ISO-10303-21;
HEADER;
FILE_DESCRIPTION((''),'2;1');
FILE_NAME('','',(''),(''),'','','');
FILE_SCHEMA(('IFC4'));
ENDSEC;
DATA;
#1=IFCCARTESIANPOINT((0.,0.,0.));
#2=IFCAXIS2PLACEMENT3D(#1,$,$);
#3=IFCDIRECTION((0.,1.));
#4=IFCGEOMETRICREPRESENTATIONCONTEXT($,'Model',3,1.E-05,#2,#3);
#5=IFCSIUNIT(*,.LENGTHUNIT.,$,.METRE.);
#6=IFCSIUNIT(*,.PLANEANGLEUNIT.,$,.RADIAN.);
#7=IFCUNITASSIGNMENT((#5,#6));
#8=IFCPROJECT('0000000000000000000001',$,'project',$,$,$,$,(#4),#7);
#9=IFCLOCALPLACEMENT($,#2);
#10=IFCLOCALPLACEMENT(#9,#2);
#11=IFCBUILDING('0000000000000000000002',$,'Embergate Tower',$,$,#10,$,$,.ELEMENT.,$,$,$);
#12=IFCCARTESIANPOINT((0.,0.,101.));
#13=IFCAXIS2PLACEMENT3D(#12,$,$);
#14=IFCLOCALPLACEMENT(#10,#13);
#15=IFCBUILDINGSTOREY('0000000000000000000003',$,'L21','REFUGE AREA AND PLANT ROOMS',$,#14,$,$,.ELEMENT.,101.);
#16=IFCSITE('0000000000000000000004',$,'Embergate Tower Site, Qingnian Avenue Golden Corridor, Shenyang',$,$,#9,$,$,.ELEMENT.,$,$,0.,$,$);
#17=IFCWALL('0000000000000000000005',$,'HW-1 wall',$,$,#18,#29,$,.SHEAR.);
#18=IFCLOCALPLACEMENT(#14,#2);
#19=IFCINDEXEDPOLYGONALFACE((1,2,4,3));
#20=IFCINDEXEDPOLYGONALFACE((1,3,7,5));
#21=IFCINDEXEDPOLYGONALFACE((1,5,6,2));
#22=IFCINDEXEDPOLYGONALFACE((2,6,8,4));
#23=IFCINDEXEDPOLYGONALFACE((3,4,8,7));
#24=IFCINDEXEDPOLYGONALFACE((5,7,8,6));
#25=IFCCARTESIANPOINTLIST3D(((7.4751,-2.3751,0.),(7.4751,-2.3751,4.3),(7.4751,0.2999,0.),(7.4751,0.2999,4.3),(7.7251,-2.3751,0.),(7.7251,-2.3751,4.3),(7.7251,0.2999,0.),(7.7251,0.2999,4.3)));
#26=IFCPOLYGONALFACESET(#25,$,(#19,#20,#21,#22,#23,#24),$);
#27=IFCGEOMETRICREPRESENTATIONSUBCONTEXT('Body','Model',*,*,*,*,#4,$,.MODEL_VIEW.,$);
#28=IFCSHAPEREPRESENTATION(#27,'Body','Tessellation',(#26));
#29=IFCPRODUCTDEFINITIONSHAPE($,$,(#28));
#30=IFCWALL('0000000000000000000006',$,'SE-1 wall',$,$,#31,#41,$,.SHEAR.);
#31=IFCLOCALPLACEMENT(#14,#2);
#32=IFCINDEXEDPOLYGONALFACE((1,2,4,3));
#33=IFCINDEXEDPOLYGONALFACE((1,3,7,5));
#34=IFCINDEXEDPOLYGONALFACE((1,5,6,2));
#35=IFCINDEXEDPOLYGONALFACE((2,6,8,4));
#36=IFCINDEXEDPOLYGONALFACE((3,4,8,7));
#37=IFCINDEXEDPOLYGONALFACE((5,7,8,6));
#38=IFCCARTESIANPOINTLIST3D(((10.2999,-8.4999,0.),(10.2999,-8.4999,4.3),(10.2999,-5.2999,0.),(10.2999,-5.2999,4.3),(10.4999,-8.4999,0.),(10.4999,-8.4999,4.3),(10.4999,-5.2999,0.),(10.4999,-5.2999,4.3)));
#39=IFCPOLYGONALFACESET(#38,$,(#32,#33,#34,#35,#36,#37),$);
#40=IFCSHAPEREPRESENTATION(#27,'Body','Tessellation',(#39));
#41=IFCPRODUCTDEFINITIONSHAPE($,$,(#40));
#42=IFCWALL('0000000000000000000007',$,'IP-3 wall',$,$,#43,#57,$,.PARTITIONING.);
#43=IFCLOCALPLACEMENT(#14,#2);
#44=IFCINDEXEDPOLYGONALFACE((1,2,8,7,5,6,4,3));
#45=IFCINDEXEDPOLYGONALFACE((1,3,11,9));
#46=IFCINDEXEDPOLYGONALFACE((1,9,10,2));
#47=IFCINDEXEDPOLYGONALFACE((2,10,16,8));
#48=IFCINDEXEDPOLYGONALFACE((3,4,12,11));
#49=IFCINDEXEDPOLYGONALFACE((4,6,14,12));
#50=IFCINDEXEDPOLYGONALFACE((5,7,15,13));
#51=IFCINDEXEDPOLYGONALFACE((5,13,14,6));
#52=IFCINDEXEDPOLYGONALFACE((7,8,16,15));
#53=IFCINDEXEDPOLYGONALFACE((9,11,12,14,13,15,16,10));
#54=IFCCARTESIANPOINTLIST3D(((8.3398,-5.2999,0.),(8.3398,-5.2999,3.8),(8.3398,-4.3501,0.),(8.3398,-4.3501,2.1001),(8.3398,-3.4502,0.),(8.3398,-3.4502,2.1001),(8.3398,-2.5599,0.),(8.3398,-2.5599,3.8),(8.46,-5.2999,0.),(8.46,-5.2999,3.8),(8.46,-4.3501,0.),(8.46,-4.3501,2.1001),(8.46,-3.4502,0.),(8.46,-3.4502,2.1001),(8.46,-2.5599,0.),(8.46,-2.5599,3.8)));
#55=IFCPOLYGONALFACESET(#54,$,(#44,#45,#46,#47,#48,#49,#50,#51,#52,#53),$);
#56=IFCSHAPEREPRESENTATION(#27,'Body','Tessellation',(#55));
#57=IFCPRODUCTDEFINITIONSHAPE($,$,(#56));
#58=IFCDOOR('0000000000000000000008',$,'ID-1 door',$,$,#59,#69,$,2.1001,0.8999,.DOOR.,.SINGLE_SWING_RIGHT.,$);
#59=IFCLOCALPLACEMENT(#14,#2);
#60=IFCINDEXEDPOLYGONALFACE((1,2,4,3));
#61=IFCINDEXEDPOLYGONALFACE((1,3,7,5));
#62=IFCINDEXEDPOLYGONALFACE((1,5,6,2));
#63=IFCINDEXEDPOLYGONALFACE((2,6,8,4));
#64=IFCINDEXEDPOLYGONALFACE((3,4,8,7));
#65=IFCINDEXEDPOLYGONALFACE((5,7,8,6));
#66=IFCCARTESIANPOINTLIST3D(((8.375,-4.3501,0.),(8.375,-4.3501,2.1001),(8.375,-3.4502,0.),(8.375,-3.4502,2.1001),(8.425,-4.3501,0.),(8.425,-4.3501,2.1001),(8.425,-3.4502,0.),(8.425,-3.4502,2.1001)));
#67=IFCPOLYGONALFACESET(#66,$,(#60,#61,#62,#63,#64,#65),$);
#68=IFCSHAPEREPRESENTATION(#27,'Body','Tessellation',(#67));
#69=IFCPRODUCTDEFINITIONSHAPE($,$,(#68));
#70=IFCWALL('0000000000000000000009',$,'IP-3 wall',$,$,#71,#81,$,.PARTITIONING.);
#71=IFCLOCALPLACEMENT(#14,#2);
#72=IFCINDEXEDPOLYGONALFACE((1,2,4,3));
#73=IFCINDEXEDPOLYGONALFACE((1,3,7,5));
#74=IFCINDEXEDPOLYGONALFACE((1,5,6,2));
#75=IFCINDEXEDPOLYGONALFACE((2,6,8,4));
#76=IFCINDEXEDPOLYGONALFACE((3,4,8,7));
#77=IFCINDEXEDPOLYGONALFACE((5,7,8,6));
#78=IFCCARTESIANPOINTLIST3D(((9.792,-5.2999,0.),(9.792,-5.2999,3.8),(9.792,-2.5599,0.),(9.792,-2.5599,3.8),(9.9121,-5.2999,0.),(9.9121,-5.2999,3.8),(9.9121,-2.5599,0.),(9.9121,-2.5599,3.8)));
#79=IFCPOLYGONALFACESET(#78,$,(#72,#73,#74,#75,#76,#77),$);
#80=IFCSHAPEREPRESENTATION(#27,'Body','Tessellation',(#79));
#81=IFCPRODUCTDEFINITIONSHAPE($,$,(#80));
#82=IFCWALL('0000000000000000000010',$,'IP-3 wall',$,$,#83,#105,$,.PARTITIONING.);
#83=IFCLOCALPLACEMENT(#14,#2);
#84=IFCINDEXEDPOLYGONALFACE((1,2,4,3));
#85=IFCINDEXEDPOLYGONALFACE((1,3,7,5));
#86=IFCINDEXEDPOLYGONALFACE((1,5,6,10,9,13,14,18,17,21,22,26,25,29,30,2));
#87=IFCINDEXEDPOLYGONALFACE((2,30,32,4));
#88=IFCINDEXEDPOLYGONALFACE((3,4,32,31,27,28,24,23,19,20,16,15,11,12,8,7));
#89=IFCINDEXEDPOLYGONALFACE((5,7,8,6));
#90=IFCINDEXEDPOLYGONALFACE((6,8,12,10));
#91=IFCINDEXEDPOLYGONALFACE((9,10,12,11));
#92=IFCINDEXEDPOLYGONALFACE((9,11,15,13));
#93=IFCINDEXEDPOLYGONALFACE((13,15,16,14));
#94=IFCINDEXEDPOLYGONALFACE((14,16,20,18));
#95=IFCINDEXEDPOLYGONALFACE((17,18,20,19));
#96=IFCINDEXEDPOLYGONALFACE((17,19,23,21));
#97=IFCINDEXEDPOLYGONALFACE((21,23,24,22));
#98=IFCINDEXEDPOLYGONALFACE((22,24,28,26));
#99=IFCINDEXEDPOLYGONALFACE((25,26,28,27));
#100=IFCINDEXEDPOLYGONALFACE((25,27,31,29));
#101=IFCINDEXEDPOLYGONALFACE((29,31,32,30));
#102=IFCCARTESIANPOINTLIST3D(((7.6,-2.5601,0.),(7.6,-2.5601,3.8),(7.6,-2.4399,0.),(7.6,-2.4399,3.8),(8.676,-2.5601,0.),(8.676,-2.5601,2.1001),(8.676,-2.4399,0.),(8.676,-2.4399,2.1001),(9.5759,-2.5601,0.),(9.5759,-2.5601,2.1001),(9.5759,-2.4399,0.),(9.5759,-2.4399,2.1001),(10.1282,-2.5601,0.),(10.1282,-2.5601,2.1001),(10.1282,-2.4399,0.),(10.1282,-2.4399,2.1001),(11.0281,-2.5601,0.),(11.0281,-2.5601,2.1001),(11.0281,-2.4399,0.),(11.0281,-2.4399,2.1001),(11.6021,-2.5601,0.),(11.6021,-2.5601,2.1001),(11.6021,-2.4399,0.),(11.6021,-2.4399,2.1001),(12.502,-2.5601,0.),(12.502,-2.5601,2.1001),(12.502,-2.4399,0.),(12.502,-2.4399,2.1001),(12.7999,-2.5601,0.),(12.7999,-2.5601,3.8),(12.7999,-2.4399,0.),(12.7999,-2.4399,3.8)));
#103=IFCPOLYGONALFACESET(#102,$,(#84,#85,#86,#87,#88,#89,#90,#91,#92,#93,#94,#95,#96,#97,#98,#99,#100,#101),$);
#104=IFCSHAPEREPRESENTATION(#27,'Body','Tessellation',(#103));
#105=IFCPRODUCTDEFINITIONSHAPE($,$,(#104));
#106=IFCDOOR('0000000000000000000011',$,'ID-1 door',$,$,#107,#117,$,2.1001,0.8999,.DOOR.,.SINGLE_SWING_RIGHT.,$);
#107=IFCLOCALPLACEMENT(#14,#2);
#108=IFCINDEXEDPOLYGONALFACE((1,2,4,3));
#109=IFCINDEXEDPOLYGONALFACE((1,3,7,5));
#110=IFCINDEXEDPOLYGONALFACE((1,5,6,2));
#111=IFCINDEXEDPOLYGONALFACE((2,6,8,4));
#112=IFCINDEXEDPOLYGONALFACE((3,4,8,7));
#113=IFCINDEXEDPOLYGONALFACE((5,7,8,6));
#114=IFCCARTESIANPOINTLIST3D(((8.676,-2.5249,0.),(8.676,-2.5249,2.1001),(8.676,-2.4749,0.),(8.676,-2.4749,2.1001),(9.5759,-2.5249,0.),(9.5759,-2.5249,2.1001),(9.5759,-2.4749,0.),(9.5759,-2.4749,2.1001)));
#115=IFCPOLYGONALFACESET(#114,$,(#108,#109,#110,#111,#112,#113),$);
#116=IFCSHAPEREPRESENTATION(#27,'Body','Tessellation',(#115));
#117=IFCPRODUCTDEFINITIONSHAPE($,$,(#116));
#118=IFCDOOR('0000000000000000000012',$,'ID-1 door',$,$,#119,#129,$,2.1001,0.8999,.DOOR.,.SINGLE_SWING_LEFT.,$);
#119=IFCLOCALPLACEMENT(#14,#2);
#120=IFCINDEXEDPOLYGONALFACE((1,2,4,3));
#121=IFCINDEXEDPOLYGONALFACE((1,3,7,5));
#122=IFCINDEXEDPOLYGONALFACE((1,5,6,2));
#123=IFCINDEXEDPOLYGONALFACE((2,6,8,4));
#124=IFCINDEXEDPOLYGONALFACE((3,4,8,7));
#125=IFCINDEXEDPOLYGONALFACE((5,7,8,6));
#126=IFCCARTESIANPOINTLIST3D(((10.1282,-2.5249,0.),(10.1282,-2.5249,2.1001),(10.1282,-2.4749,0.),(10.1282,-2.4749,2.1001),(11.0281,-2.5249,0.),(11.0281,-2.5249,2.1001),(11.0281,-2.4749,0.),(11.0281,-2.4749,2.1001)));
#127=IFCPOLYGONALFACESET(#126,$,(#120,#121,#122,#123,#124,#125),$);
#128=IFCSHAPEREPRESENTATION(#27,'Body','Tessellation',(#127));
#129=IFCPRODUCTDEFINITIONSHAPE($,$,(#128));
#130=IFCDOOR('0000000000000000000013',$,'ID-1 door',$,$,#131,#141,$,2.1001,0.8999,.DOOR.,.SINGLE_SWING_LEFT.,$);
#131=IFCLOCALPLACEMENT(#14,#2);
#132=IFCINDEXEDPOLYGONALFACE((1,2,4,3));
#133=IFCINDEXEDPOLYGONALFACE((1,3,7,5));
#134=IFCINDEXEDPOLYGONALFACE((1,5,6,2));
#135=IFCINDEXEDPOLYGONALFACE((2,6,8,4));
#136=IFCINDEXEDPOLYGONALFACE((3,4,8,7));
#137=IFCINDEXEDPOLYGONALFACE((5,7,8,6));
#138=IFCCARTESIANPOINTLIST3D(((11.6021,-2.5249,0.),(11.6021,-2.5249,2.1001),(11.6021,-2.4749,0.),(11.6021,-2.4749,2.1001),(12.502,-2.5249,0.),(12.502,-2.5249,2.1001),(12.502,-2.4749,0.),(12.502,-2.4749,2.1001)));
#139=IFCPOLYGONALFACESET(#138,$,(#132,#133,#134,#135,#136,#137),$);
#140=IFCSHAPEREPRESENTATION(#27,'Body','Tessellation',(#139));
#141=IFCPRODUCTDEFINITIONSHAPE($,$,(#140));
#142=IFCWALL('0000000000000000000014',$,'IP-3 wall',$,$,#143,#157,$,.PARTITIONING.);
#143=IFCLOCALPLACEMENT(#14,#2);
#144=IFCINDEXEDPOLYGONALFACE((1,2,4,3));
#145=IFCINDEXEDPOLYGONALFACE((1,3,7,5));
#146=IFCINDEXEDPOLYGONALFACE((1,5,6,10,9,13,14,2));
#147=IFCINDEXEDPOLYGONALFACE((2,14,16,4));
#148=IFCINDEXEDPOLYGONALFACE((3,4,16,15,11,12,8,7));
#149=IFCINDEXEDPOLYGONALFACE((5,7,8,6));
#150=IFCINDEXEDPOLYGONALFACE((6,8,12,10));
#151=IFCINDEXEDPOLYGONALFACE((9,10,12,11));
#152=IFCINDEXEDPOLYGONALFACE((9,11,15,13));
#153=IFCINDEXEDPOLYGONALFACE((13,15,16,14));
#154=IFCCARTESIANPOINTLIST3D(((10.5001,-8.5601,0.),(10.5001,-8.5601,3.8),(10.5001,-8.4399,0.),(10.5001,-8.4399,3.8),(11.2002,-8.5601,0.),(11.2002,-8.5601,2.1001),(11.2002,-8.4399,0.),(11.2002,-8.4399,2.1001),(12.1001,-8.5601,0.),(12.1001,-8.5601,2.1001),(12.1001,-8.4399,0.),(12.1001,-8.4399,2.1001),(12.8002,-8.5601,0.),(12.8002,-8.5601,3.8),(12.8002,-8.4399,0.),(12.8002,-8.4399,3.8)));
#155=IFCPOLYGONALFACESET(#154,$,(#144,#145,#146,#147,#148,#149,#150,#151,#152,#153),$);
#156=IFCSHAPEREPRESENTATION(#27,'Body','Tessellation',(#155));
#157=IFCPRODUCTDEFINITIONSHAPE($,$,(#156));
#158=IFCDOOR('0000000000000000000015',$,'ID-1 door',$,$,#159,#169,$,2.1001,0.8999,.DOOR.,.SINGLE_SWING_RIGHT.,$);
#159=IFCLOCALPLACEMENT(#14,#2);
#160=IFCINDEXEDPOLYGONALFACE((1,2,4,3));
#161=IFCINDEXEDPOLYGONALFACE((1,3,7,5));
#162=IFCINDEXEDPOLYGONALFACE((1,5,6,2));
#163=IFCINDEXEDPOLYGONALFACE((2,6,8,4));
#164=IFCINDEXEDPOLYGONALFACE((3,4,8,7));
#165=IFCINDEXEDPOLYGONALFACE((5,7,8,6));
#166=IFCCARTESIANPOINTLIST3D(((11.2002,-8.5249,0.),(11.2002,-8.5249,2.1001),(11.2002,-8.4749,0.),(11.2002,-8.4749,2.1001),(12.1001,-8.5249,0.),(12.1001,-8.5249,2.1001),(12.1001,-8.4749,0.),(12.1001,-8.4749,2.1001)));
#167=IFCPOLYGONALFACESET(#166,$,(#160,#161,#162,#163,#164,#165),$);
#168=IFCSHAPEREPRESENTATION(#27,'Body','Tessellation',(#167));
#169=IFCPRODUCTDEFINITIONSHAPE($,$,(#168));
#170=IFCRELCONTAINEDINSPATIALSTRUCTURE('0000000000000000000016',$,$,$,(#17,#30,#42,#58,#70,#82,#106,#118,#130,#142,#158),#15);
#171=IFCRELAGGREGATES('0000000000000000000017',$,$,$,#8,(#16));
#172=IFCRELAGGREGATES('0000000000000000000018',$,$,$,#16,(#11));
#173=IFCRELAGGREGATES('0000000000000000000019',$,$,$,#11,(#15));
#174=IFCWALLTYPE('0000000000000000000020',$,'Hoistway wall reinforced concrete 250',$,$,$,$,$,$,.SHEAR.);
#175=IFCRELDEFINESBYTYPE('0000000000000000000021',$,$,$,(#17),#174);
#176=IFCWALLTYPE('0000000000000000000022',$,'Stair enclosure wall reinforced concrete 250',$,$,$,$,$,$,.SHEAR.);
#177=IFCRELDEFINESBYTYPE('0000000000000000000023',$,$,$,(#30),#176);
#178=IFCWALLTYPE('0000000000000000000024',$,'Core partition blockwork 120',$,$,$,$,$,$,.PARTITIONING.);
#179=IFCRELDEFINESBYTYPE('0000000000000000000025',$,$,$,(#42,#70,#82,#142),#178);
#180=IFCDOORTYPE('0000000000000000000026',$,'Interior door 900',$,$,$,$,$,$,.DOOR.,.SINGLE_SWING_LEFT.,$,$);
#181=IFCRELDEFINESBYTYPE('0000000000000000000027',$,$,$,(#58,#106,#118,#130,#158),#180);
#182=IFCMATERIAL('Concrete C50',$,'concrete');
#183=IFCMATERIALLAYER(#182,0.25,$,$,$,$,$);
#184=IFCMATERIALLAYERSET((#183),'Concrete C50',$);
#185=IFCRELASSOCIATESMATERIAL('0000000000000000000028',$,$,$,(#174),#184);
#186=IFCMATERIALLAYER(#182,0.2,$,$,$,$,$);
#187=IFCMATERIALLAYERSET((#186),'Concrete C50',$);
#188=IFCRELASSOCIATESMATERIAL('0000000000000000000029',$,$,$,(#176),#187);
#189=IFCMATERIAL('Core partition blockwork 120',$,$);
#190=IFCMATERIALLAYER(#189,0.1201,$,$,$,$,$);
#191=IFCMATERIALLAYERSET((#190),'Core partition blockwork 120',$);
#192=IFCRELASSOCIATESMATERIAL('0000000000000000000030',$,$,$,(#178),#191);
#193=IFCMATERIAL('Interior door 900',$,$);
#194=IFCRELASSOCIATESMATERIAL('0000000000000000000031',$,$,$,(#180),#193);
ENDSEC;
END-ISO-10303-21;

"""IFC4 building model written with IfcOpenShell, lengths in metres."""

from ifc_helpers import new_model, si_unit, direction, frame, frame_2d, origin, place, context, subcontext, project, spatial, rectangle, extrude, source, transform, mapped, material, layer, layer_set, type_object, element, fill, save


model = new_model("IFC4")

# Units and contexts
model_context = context("Model", 3, precision=1e-05, world=origin(), true_north=direction((0.0, 1.0)))
body_context = subcontext(model_context, "Body", "Model", "MODEL_VIEW")
ifc_project = project(units=[si_unit("LENGTHUNIT", "METRE"), si_unit("PLANEANGLEUNIT", "RADIAN")], contexts=[model_context])

# Site, building, storey
site_placement = place(None, origin())
site = spatial("IfcSite", under=ifc_project, at=site_placement, Name="Embergate Tower Site, Qingnian Avenue Golden Corridor, Shenyang", CompositionType="ELEMENT", RefElevation=0.0)
building_placement = place(site_placement, origin())
building = spatial("IfcBuilding", under=site, at=building_placement, Name="Embergate Tower", CompositionType="ELEMENT")
storey_placement = place(building_placement, frame((0.0, 0.0, 101.0)))
storey = spatial("IfcBuildingStorey", under=building, at=storey_placement, Name="L21", Description="REFUGE AREA AND PLANT ROOMS", CompositionType="ELEMENT", Elevation=101.0)

# Shared definitions
ifc_material_1 = material(Name="Concrete C50", Category="concrete")
ifc_layer_1 = layer(ifc_material_1, 0.25)
ifc_layer_set_1 = layer_set([ifc_layer_1], Name="Concrete C50")
wall_type_1 = type_object("IfcWallType", Name="Hoistway wall reinforced concrete 250", PredefinedType="SHEAR", material=ifc_layer_set_1)
shared_shape_1 = source(origin(), body_context, "Body", "SweptSolid", [
    extrude(rectangle(XDim=2.675, YDim=0.25, at=frame_2d((1.3374, 0.0))), origin(), (0.0, 0.0, 1.0), 4.3),
])

# Walls
wall_1_placement = place(storey_placement, frame((7.6001, -2.375, 0.0), z_axis=(0.0, 0.0, 1.0), x_axis=(0.0, 1.0, 0.0)))
element("IfcWall", 1, at=wall_1_placement, inside=storey, type_object=wall_type_1, Name="HW-1 wall", PredefinedType="SHEAR", context=body_context, shape_type="MappedRepresentation", body=[
    mapped(shared_shape_1, transform((0.0, 0.0, 0.0))),
])
ifc_layer_2 = layer(ifc_material_1, 0.2)
ifc_layer_set_2 = layer_set([ifc_layer_2], Name="Concrete C50")
wall_type_2 = type_object("IfcWallType", Name="Stair enclosure wall reinforced concrete 250", PredefinedType="SHEAR", material=ifc_layer_set_2)
shared_shape_2 = source(origin(), body_context, "Body", "SweptSolid", [
    extrude(rectangle(XDim=3.2, YDim=0.2, at=frame_2d((1.6001, 0.0))), origin(), (0.0, 0.0, 1.0), 4.3),
])
wall_2_placement = place(storey_placement, frame((10.3999, -8.5, 0.0), z_axis=(0.0, 0.0, 1.0), x_axis=(0.0, 1.0, 0.0)))
element("IfcWall", 2, at=wall_2_placement, inside=storey, type_object=wall_type_2, Name="SE-1 wall", PredefinedType="SHEAR", context=body_context, shape_type="MappedRepresentation", body=[
    mapped(shared_shape_2, transform((0.0, 0.0, 0.0))),
])

# Wall, opening, door
ifc_material_2 = material(Name="Core partition blockwork 120")
ifc_layer_3 = layer(ifc_material_2, 0.1201)
ifc_layer_set_3 = layer_set([ifc_layer_3], Name="Core partition blockwork 120")
wall_type_3 = type_object("IfcWallType", Name="Core partition blockwork 120", PredefinedType="PARTITIONING", material=ifc_layer_set_3)
shared_shape_3 = source(origin(), body_context, "Body", "SweptSolid", [
    extrude(rectangle(XDim=2.74, YDim=0.1201, at=frame_2d((1.3701, 0.0))), origin(), (0.0, 0.0, 1.0), 3.8),
])
wall_3_placement = place(storey_placement, frame((8.3999, -5.3, 0.0), z_axis=(0.0, 0.0, 1.0), x_axis=(0.0, 1.0, 0.0)))
wall_3 = element("IfcWall", 3, at=wall_3_placement, inside=storey, type_object=wall_type_3, Name="IP-3 wall", PredefinedType="PARTITIONING", context=body_context, shape_type="MappedRepresentation", body=[
    mapped(shared_shape_3, transform((0.0, 0.0, 0.0))),
])
shared_shape_4 = source(origin(), body_context, "Body", "SweptSolid", [
    extrude(rectangle(XDim=0.8999, YDim=2.1001, at=frame_2d((0.45, 1.05))), frame((0.0, 0.0701, 0.0), z_axis=(0.0, -1.0, 0.0), x_axis=(1.0, 0.0, 0.0)), (0.0, 0.0, 1.0), 0.1401),
])
opening_1_placement = place(wall_3_placement, frame((0.95, 0.0, 0.0)))
opening_1 = element("IfcOpeningElement", 4, at=opening_1_placement, cuts=wall_3, PredefinedType="OPENING", context=body_context, shape_type="MappedRepresentation", body=[
    mapped(shared_shape_4, transform((0.0, 0.0, 0.0))),
])
ifc_material_3 = material(Name="Interior door 900")
door_type_1 = type_object("IfcDoorType", Name="Interior door 900", OperationType="SINGLE_SWING_LEFT", PredefinedType="DOOR", material=ifc_material_3)
shared_shape_5 = source(origin(), body_context, "Body", "SweptSolid", [
    extrude(rectangle(XDim=0.8999, YDim=2.1001, at=frame_2d((0.45, 1.05))), frame((0.0, 0.0249, 0.0), z_axis=(0.0, -1.0, 0.0), x_axis=(1.0, 0.0, 0.0)), (0.0, 0.0, 1.0), 0.05),
])
door_1_placement = place(opening_1_placement, origin())
door_1 = element("IfcDoor", 5, at=door_1_placement, inside=storey, type_object=door_type_1, Name="ID-1 door", OperationType="SINGLE_SWING_RIGHT", OverallHeight=2.1001, OverallWidth=0.8999, PredefinedType="DOOR", context=body_context, shape_type="MappedRepresentation", body=[
    mapped(shared_shape_5, transform((0.0, 0.0, 0.0))),
])
fill(opening_1, door_1)

# Wall
wall_4_placement = place(storey_placement, frame((9.8521, -5.3, 0.0), z_axis=(0.0, 0.0, 1.0), x_axis=(0.0, 1.0, 0.0)))
element("IfcWall", 6, at=wall_4_placement, inside=storey, type_object=wall_type_3, Name="IP-3 wall", PredefinedType="PARTITIONING", context=body_context, shape_type="MappedRepresentation", body=[
    mapped(shared_shape_3, transform((0.0, 0.0, 0.0))),
])

# Wall, openings, doors
shared_shape_6 = source(origin(), body_context, "Body", "SweptSolid", [
    extrude(rectangle(XDim=5.2, YDim=0.1201, at=frame_2d((2.6001, 0.0))), origin(), (0.0, 0.0, 1.0), 3.8),
])
wall_5_placement = place(storey_placement, frame((12.8, -2.5, 0.0), z_axis=(0.0, 0.0, 1.0), x_axis=(-1.0, 0.0, 0.0)))
wall_5 = element("IfcWall", 7, at=wall_5_placement, inside=storey, type_object=wall_type_3, Name="IP-3 wall", PredefinedType="PARTITIONING", context=body_context, shape_type="MappedRepresentation", body=[
    mapped(shared_shape_6, transform((0.0, 0.0, 0.0))),
])
opening_2_placement = place(wall_5_placement, frame((3.2241, 0.0, 0.0)))
opening_2 = element("IfcOpeningElement", 8, at=opening_2_placement, cuts=wall_5, PredefinedType="OPENING", context=body_context, shape_type="MappedRepresentation", body=[
    mapped(shared_shape_4, transform((0.0, 0.0, 0.0))),
])
opening_3_placement = place(wall_5_placement, frame((1.772, 0.0, 0.0)))
opening_3 = element("IfcOpeningElement", 9, at=opening_3_placement, cuts=wall_5, PredefinedType="OPENING", context=body_context, shape_type="MappedRepresentation", body=[
    mapped(shared_shape_4, transform((0.0, 0.0, 0.0))),
])
opening_4_placement = place(wall_5_placement, frame((0.2981, 0.0, 0.0)))
opening_4 = element("IfcOpeningElement", 10, at=opening_4_placement, cuts=wall_5, PredefinedType="OPENING", context=body_context, shape_type="MappedRepresentation", body=[
    mapped(shared_shape_4, transform((0.0, 0.0, 0.0))),
])
door_2_placement = place(opening_2_placement, origin())
door_2 = element("IfcDoor", 11, at=door_2_placement, inside=storey, type_object=door_type_1, Name="ID-1 door", OperationType="SINGLE_SWING_RIGHT", OverallHeight=2.1001, OverallWidth=0.8999, PredefinedType="DOOR", context=body_context, shape_type="MappedRepresentation", body=[
    mapped(shared_shape_5, transform((0.0, 0.0, 0.0))),
])
fill(opening_2, door_2)
door_3_placement = place(opening_3_placement, origin())
door_3 = element("IfcDoor", 12, at=door_3_placement, inside=storey, type_object=door_type_1, Name="ID-1 door", OperationType="SINGLE_SWING_LEFT", OverallHeight=2.1001, OverallWidth=0.8999, PredefinedType="DOOR", context=body_context, shape_type="MappedRepresentation", body=[
    mapped(shared_shape_5, transform((0.0, 0.0, 0.0))),
])
fill(opening_3, door_3)
door_4_placement = place(opening_4_placement, origin())
door_4 = element("IfcDoor", 13, at=door_4_placement, inside=storey, type_object=door_type_1, Name="ID-1 door", OperationType="SINGLE_SWING_LEFT", OverallHeight=2.1001, OverallWidth=0.8999, PredefinedType="DOOR", context=body_context, shape_type="MappedRepresentation", body=[
    mapped(shared_shape_5, transform((0.0, 0.0, 0.0))),
])
fill(opening_4, door_4)

# Wall, opening, door
shared_shape_7 = source(origin(), body_context, "Body", "SweptSolid", [
    extrude(rectangle(XDim=2.3, YDim=0.1201, at=frame_2d((1.1499, 0.0))), origin(), (0.0, 0.0, 1.0), 3.8),
])
wall_6_placement = place(storey_placement, frame((12.8, -8.5, 0.0), z_axis=(0.0, 0.0, 1.0), x_axis=(-1.0, 0.0, 0.0)))
wall_6 = element("IfcWall", 14, at=wall_6_placement, inside=storey, type_object=wall_type_3, Name="IP-3 wall", PredefinedType="PARTITIONING", context=body_context, shape_type="MappedRepresentation", body=[
    mapped(shared_shape_7, transform((0.0, 0.0, 0.0))),
])
opening_5_placement = place(wall_6_placement, frame((0.7, 0.0, 0.0)))
opening_5 = element("IfcOpeningElement", 15, at=opening_5_placement, cuts=wall_6, PredefinedType="OPENING", context=body_context, shape_type="MappedRepresentation", body=[
    mapped(shared_shape_4, transform((0.0, 0.0, 0.0))),
])
door_5_placement = place(opening_5_placement, origin())
door_5 = element("IfcDoor", 16, at=door_5_placement, inside=storey, type_object=door_type_1, Name="ID-1 door", OperationType="SINGLE_SWING_RIGHT", OverallHeight=2.1001, OverallWidth=0.8999, PredefinedType="DOOR", context=body_context, shape_type="MappedRepresentation", body=[
    mapped(shared_shape_5, transform((0.0, 0.0, 0.0))),
])
fill(opening_5, door_5)

save(model, "model.ifc")
